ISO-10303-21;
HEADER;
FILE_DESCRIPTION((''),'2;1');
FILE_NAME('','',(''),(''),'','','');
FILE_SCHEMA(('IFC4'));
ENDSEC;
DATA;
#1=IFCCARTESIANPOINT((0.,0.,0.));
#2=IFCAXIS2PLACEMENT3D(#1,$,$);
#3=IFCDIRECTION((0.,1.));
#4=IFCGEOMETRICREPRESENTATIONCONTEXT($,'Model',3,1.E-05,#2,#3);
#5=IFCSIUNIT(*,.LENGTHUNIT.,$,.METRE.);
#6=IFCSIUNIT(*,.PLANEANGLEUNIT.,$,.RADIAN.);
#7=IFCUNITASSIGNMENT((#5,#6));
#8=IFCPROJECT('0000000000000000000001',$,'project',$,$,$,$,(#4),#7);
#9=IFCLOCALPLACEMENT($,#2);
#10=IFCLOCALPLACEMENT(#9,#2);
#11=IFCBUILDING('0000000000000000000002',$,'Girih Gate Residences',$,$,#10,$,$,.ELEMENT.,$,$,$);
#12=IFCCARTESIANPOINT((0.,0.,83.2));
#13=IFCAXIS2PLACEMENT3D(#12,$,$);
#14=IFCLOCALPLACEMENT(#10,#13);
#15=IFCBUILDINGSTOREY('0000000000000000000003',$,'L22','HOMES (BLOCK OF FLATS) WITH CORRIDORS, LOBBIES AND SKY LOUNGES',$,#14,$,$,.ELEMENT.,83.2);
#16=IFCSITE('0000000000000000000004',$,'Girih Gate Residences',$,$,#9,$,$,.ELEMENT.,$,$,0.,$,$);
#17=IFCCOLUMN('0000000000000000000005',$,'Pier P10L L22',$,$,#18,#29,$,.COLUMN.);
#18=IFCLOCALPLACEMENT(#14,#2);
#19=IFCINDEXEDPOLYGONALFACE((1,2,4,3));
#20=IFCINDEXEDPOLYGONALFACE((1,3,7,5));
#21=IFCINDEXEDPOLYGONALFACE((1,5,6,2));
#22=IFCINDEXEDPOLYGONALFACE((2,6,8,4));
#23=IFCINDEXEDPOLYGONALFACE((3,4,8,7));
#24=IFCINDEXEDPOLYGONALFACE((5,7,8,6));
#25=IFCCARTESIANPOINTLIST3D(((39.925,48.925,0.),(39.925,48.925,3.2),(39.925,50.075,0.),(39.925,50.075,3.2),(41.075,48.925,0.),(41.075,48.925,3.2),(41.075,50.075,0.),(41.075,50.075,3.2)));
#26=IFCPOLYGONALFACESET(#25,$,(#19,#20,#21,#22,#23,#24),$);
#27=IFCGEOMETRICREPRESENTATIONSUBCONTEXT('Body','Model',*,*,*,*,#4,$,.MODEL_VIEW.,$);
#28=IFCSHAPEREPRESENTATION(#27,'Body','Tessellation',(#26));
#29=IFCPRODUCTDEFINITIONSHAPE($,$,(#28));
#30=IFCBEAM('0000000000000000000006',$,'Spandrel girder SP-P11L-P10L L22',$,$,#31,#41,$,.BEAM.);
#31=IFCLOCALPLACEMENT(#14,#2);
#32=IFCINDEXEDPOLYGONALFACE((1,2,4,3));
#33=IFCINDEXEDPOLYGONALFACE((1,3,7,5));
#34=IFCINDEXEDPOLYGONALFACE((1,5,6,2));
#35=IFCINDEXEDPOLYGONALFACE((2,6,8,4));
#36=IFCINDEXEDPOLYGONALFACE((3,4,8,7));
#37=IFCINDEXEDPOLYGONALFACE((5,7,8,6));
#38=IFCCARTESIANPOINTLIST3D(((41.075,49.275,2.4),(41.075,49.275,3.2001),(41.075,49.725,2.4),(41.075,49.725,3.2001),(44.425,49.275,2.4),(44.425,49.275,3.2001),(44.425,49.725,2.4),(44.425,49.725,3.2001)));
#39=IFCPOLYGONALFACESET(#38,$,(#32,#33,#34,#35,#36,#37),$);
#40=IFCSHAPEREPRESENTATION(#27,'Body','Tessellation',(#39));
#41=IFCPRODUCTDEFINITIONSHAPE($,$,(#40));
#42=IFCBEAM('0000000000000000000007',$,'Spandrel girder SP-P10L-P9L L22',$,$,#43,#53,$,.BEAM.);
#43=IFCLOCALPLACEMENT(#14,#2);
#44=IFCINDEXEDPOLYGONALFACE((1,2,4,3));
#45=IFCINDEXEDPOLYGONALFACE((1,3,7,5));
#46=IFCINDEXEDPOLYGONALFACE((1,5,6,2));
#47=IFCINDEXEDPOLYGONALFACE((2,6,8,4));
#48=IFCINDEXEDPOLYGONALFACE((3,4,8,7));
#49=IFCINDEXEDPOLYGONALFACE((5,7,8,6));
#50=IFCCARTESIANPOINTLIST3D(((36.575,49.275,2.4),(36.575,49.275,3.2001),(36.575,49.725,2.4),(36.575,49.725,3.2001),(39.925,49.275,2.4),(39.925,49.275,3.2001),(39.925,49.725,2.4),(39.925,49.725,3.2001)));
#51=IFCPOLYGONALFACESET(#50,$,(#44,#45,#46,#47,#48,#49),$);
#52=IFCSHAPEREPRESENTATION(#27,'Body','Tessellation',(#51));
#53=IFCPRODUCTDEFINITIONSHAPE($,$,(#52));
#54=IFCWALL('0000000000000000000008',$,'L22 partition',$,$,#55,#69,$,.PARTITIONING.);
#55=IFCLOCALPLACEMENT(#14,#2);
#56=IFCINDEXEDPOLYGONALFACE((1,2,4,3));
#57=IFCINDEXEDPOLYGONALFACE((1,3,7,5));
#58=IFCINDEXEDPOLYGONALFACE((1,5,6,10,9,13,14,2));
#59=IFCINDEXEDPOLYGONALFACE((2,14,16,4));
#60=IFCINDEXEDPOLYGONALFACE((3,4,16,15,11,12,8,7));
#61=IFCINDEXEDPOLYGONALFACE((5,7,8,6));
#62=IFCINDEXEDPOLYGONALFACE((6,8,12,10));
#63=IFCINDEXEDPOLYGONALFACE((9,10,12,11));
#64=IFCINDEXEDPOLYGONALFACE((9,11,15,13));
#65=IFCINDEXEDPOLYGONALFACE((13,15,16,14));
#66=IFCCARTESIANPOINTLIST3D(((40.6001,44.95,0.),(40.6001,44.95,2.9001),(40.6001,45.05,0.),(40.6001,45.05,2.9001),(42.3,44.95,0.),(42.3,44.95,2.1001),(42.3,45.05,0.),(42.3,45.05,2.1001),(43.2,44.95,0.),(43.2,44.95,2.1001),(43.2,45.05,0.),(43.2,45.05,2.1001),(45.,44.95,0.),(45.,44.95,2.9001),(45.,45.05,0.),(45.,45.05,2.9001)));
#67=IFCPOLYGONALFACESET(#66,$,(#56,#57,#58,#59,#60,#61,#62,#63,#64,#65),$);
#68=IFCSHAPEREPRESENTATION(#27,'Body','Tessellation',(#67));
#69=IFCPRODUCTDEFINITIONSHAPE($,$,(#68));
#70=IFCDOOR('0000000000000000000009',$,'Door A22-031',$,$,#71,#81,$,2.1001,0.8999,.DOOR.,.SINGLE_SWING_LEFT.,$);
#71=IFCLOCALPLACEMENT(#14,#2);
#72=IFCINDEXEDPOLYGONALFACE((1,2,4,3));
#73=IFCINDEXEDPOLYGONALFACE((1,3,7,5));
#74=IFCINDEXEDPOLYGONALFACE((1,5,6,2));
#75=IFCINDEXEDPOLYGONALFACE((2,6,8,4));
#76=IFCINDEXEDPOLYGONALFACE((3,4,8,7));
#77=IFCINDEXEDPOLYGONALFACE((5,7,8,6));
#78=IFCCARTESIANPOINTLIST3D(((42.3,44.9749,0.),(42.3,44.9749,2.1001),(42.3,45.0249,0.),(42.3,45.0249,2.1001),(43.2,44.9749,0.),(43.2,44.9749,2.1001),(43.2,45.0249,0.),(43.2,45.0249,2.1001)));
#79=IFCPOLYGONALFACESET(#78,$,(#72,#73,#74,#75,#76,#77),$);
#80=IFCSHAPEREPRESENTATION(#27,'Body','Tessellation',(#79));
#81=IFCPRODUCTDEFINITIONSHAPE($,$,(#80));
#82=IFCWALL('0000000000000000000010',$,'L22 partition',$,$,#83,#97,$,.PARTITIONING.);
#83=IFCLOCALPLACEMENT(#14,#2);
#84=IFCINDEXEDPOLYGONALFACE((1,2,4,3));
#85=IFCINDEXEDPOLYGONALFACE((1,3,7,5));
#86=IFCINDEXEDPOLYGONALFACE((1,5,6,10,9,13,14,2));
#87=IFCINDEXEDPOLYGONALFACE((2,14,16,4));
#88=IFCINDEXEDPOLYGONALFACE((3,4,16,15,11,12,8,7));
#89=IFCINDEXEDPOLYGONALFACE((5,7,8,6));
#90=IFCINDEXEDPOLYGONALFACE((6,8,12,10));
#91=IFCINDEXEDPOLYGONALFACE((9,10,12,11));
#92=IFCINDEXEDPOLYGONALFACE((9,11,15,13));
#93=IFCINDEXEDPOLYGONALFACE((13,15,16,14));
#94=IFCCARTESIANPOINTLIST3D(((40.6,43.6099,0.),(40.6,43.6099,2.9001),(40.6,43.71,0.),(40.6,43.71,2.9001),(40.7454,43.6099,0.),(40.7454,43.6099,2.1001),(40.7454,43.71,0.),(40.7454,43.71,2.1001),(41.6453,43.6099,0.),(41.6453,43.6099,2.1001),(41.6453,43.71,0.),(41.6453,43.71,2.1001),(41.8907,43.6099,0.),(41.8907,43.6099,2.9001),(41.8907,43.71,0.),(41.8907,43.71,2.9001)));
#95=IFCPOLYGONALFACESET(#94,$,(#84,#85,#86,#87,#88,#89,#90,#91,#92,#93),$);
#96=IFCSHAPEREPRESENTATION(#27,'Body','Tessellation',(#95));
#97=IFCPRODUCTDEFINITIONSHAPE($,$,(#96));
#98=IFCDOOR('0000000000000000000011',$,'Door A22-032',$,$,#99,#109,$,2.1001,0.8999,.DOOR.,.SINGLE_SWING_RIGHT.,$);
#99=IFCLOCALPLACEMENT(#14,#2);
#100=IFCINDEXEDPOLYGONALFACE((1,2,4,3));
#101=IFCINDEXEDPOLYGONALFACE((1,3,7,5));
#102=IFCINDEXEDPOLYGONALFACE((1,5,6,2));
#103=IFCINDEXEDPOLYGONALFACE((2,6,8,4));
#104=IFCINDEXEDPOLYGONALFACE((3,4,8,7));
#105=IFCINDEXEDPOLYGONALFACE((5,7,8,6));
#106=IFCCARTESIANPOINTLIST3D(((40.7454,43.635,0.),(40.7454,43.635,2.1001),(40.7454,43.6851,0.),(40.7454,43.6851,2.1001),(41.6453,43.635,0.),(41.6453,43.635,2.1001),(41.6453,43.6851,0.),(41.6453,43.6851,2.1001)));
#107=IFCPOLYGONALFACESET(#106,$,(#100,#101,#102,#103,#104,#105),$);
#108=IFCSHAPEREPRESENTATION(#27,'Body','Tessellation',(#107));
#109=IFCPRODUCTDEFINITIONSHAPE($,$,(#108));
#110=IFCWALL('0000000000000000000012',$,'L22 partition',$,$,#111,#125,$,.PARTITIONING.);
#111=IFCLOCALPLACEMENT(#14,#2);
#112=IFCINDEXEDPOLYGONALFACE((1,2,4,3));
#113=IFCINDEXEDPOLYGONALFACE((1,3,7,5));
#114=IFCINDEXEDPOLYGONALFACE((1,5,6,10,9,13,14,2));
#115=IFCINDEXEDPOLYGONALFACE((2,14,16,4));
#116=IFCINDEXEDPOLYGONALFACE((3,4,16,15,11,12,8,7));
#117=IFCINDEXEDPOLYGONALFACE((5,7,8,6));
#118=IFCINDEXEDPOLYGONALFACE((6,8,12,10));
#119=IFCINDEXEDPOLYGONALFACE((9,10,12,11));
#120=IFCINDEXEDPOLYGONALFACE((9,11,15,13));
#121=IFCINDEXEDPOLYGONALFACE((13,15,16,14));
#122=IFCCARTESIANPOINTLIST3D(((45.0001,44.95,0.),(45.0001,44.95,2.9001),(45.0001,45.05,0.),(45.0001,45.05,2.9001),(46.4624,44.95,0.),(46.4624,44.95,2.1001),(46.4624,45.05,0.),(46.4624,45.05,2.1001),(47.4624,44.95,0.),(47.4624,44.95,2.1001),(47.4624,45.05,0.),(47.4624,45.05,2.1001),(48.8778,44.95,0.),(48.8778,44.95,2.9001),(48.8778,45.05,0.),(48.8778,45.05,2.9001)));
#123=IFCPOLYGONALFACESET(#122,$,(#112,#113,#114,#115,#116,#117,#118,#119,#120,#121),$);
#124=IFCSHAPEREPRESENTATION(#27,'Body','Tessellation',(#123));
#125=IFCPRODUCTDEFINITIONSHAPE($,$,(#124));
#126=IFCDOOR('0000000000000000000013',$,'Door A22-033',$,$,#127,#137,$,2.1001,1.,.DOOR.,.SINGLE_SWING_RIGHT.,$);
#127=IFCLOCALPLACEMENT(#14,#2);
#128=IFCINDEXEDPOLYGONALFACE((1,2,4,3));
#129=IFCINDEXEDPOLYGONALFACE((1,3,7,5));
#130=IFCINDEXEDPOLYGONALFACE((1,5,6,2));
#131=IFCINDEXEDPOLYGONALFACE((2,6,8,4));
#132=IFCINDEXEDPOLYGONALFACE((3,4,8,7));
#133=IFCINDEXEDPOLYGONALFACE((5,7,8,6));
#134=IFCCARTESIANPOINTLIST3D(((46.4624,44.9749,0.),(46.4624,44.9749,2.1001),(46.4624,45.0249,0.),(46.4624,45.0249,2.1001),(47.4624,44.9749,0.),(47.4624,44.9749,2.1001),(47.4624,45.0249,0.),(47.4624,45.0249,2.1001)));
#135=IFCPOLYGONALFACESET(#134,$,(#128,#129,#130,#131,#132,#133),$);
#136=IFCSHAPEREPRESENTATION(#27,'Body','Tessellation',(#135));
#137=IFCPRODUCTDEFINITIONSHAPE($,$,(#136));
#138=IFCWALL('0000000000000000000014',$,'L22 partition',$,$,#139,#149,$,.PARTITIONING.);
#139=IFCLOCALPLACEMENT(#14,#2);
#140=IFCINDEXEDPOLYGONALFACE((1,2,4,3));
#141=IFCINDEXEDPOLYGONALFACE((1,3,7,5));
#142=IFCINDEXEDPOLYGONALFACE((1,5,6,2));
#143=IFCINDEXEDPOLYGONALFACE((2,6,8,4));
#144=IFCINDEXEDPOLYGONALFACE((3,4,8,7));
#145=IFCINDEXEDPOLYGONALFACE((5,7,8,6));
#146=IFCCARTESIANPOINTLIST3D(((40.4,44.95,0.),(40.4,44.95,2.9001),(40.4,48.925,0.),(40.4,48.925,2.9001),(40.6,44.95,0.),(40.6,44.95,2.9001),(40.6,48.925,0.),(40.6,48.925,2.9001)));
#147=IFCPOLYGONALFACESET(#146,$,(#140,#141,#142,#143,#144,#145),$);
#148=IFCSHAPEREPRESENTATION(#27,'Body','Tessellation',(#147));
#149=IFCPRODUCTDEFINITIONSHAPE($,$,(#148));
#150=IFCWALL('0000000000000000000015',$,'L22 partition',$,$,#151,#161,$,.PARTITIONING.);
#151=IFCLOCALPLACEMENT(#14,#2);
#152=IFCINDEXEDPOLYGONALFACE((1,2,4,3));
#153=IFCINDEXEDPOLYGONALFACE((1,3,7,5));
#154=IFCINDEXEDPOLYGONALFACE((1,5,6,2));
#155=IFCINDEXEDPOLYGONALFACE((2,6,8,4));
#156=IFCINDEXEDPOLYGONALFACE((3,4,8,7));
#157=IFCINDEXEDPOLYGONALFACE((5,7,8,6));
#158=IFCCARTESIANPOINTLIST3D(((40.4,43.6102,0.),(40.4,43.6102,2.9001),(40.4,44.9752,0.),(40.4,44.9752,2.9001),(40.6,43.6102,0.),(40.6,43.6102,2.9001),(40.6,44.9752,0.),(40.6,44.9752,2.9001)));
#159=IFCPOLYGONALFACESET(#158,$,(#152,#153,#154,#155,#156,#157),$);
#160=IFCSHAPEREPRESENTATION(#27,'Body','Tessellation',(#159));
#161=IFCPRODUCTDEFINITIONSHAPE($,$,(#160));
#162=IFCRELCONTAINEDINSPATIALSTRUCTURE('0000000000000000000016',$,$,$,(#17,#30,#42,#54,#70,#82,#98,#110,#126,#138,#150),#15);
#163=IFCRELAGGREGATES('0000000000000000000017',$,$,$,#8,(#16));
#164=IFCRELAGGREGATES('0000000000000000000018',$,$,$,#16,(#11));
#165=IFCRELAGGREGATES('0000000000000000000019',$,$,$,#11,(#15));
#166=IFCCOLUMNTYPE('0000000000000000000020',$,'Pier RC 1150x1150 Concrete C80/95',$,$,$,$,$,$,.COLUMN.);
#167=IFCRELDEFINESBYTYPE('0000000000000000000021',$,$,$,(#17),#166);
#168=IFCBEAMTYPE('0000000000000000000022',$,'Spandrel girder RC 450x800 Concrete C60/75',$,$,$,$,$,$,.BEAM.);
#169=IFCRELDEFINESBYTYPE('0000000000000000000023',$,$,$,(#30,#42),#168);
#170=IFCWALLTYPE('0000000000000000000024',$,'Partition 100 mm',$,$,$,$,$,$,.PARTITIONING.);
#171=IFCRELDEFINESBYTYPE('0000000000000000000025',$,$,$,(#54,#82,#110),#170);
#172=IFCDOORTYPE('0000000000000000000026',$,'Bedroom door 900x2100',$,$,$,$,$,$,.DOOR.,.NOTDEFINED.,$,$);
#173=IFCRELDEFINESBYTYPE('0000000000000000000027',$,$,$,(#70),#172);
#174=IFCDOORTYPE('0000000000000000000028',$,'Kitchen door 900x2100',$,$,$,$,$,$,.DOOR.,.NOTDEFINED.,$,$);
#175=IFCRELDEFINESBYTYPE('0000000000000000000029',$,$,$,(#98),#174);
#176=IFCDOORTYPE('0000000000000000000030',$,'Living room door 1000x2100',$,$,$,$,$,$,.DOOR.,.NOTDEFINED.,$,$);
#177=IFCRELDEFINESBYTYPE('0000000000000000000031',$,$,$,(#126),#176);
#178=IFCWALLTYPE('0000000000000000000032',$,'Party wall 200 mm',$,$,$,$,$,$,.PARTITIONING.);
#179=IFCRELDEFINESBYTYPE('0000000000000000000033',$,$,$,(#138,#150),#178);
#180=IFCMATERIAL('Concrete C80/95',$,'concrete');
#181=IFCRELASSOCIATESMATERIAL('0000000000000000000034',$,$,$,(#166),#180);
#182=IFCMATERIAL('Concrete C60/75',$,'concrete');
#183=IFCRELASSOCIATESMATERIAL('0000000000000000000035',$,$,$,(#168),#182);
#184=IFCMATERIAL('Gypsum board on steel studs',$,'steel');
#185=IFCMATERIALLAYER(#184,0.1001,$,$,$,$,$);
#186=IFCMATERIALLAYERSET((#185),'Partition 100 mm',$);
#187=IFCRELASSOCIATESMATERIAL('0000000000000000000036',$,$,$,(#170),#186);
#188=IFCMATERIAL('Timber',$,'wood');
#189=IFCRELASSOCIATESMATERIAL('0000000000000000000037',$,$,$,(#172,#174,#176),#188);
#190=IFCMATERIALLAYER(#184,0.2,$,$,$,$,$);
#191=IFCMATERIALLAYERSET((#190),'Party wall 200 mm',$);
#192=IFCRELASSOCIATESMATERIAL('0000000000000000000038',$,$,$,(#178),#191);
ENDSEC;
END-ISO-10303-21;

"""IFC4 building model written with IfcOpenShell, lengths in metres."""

from ifc_helpers import new_model, si_unit, direction, frame, frame_2d, origin, origin_2d, place, context, subcontext, project, spatial, rectangle, extrude, material, layer, layer_set, material_profile, profile_set, type_object, element, fill, save


model = new_model("IFC4")

# Units and contexts
model_context = context("Model", 3, precision=1e-05, world=origin(), true_north=direction((0.0, 1.0)))
body_context = subcontext(model_context, "Body", "Model", "MODEL_VIEW")
ifc_project = project(units=[si_unit("LENGTHUNIT", "METRE"), si_unit("PLANEANGLEUNIT", "RADIAN")], contexts=[model_context])

# Site, building, storey
site_placement = place(None, origin())
site = spatial("IfcSite", under=ifc_project, at=site_placement, Name="Girih Gate Residences", CompositionType="ELEMENT", RefElevation=0.0)
building_placement = place(site_placement, origin())
building = spatial("IfcBuilding", under=site, at=building_placement, Name="Girih Gate Residences", CompositionType="ELEMENT")
storey_placement = place(building_placement, frame((0.0, 0.0, 83.2)))
storey = spatial("IfcBuildingStorey", under=building, at=storey_placement, Name="L22", Description="HOMES (BLOCK OF FLATS) WITH CORRIDORS, LOBBIES AND SKY LOUNGES", CompositionType="ELEMENT", Elevation=83.2)

# Column
ifc_material_1 = material(Name="Concrete C80/95", Category="concrete")
ifc_material_profile_1 = material_profile(ifc_material_1, rectangle(XDim=1.1499, YDim=1.1499, at=origin_2d()))
ifc_profile_set_1 = profile_set([ifc_material_profile_1], Name="Concrete C80/95")
column_type = type_object("IfcColumnType", Name="Pier RC 1150x1150 Concrete C80/95", PredefinedType="COLUMN", material=ifc_profile_set_1)
column_placement = place(storey_placement, frame((40.5, 49.5, 0.0), z_axis=(0.0, 0.0, 1.0), x_axis=(1.0, 0.0, 0.0)))
element("IfcColumn", 1, at=column_placement, inside=storey, type_object=column_type, Name="Pier P10L L22", PredefinedType="COLUMN", context=body_context, shape_type="SweptSolid", body=[
    extrude(rectangle(XDim=1.1499, YDim=1.1499, at=origin_2d()), origin(), (0.0, 0.0, 1.0), 3.2),
])

# Beams
ifc_material_2 = material(Name="Concrete C60/75", Category="concrete")
ifc_material_profile_2 = material_profile(ifc_material_2, rectangle(XDim=0.45, YDim=0.8, at=origin_2d()))
ifc_profile_set_2 = profile_set([ifc_material_profile_2], Name="Concrete C60/75")
beam_type = type_object("IfcBeamType", Name="Spandrel girder RC 450x800 Concrete C60/75", PredefinedType="BEAM", material=ifc_profile_set_2)
for number, where, z_axis, x_axis, name in (
    (2, (44.425, 49.5, 2.8), (-1.0, 0.0, 0.0), (0.0, -1.0, 0.0), "Spandrel girder SP-P11L-P10L L22"),
    (3, (39.925, 49.5, 2.8), (-1.0, 0.0, 0.0), (0.0, -1.0, 0.0), "Spandrel girder SP-P10L-P9L L22"),
):
    element("IfcBeam", number, at=place(storey_placement, frame(where, z_axis=z_axis, x_axis=x_axis)), inside=storey, type_object=beam_type, Name=name, PredefinedType="BEAM", context=body_context, shape_type="SweptSolid", body=[
        extrude(rectangle(XDim=0.45, YDim=0.8, at=origin_2d()), origin(), (0.0, 0.0, 1.0), 3.3501),
    ])

# Walls, openings, doors
ifc_material_3 = material(Name="Gypsum board on steel studs", Category="steel")
ifc_layer_1 = layer(ifc_material_3, 0.1001)
ifc_layer_set_1 = layer_set([ifc_layer_1], Name="Partition 100 mm")
wall_type_1 = type_object("IfcWallType", Name="Partition 100 mm", PredefinedType="PARTITIONING", material=ifc_layer_set_1)
wall_1_placement = place(storey_placement, frame((40.6001, 45.0, 0.0), z_axis=(0.0, 0.0, 1.0), x_axis=(1.0, 0.0, 0.0)))
wall_1 = element("IfcWall", 4, at=wall_1_placement, inside=storey, type_object=wall_type_1, Name="L22 partition", PredefinedType="PARTITIONING", context=body_context, shape_type="SweptSolid", body=[
    extrude(rectangle(XDim=4.3999, YDim=0.1001, at=frame_2d((2.2, 0.0))), origin(), (0.0, 0.0, 1.0), 2.9001),
])
opening_1_placement = place(wall_1_placement, frame((1.7, 0.0, 0.0)))
opening_1 = element("IfcOpeningElement", 5, at=opening_1_placement, cuts=wall_1, PredefinedType="OPENING", context=body_context, shape_type="SweptSolid", body=[
    extrude(rectangle(XDim=0.8999, YDim=2.1001, at=frame_2d((0.45, 1.05))), frame((0.0, 0.0601, 0.0), z_axis=(0.0, -1.0, 0.0), x_axis=(1.0, 0.0, 0.0)), (0.0, 0.0, 1.0), 0.1201),
])
ifc_material_4 = material(Name="Timber", Category="wood")
door_type_1 = type_object("IfcDoorType", Name="Bedroom door 900x2100", OperationType="NOTDEFINED", PredefinedType="DOOR", material=ifc_material_4)
door_1_placement = place(opening_1_placement, origin())
door_1 = element("IfcDoor", 6, at=door_1_placement, inside=storey, type_object=door_type_1, Name="Door A22-031", OperationType="SINGLE_SWING_LEFT", OverallHeight=2.1001, OverallWidth=0.8999, PredefinedType="DOOR", context=body_context, shape_type="SweptSolid", body=[
    extrude(rectangle(XDim=0.8999, YDim=2.1001, at=frame_2d((0.45, 1.05))), frame((0.0, 0.0249, 0.0), z_axis=(0.0, -1.0, 0.0), x_axis=(1.0, 0.0, 0.0)), (0.0, 0.0, 1.0), 0.05),
])
fill(opening_1, door_1)
wall_2_placement = place(storey_placement, frame((41.8909, 43.6599, 0.0), z_axis=(0.0, 0.0, 1.0), x_axis=(-1.0, 0.0, 0.0)))
wall_2 = element("IfcWall", 7, at=wall_2_placement, inside=storey, type_object=wall_type_1, Name="L22 partition", PredefinedType="PARTITIONING", context=body_context, shape_type="SweptSolid", body=[
    extrude(rectangle(XDim=1.2908, YDim=0.1001, at=frame_2d((0.6455, 0.0))), origin(), (0.0, 0.0, 1.0), 2.9001),
])
opening_2_placement = place(wall_2_placement, frame((0.2456, 0.0, 0.0)))
opening_2 = element("IfcOpeningElement", 8, at=opening_2_placement, cuts=wall_2, PredefinedType="OPENING", context=body_context, shape_type="SweptSolid", body=[
    extrude(rectangle(XDim=0.8999, YDim=2.1001, at=frame_2d((0.45, 1.05))), frame((0.0, 0.0601, 0.0), z_axis=(0.0, -1.0, 0.0), x_axis=(1.0, 0.0, 0.0)), (0.0, 0.0, 1.0), 0.1201),
])
door_type_2 = type_object("IfcDoorType", Name="Kitchen door 900x2100", OperationType="NOTDEFINED", PredefinedType="DOOR", material=ifc_material_4)
door_2_placement = place(opening_2_placement, origin())
door_2 = element("IfcDoor", 9, at=door_2_placement, inside=storey, type_object=door_type_2, Name="Door A22-032", OperationType="SINGLE_SWING_RIGHT", OverallHeight=2.1001, OverallWidth=0.8999, PredefinedType="DOOR", context=body_context, shape_type="SweptSolid", body=[
    extrude(rectangle(XDim=0.8999, YDim=2.1001, at=frame_2d((0.45, 1.05))), frame((0.0, 0.0249, 0.0), z_axis=(0.0, -1.0, 0.0), x_axis=(1.0, 0.0, 0.0)), (0.0, 0.0, 1.0), 0.05),
])
fill(opening_2, door_2)
wall_3_placement = place(storey_placement, frame((45.0, 45.0, 0.0), z_axis=(0.0, 0.0, 1.0), x_axis=(1.0, 0.0, 0.0)))
wall_3 = element("IfcWall", 10, at=wall_3_placement, inside=storey, type_object=wall_type_1, Name="L22 partition", PredefinedType="PARTITIONING", context=body_context, shape_type="SweptSolid", body=[
    extrude(rectangle(XDim=3.8777, YDim=0.1001, at=frame_2d((1.939, 0.0))), origin(), (0.0, 0.0, 1.0), 2.9001),
])
opening_3_placement = place(wall_3_placement, frame((1.4624, 0.0, 0.0)))
opening_3 = element("IfcOpeningElement", 11, at=opening_3_placement, cuts=wall_3, PredefinedType="OPENING", context=body_context, shape_type="SweptSolid", body=[
    extrude(rectangle(XDim=1.0, YDim=2.1001, at=frame_2d((0.5, 1.05))), frame((0.0, 0.0601, 0.0), z_axis=(0.0, -1.0, 0.0), x_axis=(1.0, 0.0, 0.0)), (0.0, 0.0, 1.0), 0.1201),
])
door_type_3 = type_object("IfcDoorType", Name="Living room door 1000x2100", OperationType="NOTDEFINED", PredefinedType="DOOR", material=ifc_material_4)
door_3_placement = place(opening_3_placement, origin())
door_3 = element("IfcDoor", 12, at=door_3_placement, inside=storey, type_object=door_type_3, Name="Door A22-033", OperationType="SINGLE_SWING_RIGHT", OverallHeight=2.1001, OverallWidth=1.0, PredefinedType="DOOR", context=body_context, shape_type="SweptSolid", body=[
    extrude(rectangle(XDim=1.0, YDim=2.1001, at=frame_2d((0.5, 1.05))), frame((0.0, 0.0249, 0.0), z_axis=(0.0, -1.0, 0.0), x_axis=(1.0, 0.0, 0.0)), (0.0, 0.0, 1.0), 0.05),
])
fill(opening_3, door_3)

# Walls
ifc_layer_2 = layer(ifc_material_3, 0.2)
ifc_layer_set_2 = layer_set([ifc_layer_2], Name="Party wall 200 mm")
wall_type_2 = type_object("IfcWallType", Name="Party wall 200 mm", PredefinedType="PARTITIONING", material=ifc_layer_set_2)
wall_4_placement = place(storey_placement, frame((40.5, 44.95, 0.0), z_axis=(0.0, 0.0, 1.0), x_axis=(0.0, 1.0, 0.0)))
element("IfcWall", 13, at=wall_4_placement, inside=storey, type_object=wall_type_2, Name="L22 partition", PredefinedType="PARTITIONING", context=body_context, shape_type="SweptSolid", body=[
    extrude(rectangle(XDim=3.9751, YDim=0.2, at=frame_2d((1.9875, 0.0))), origin(), (0.0, 0.0, 1.0), 2.9001),
])
wall_5_placement = place(storey_placement, frame((40.5, 43.6101, 0.0), z_axis=(0.0, 0.0, 1.0), x_axis=(0.0, 1.0, 0.0)))
element("IfcWall", 14, at=wall_5_placement, inside=storey, type_object=wall_type_2, Name="L22 partition", PredefinedType="PARTITIONING", context=body_context, shape_type="SweptSolid", body=[
    extrude(rectangle(XDim=1.365, YDim=0.2, at=frame_2d((0.6826, 0.0))), origin(), (0.0, 0.0, 1.0), 2.9001),
])

save(model, "model.ifc")
